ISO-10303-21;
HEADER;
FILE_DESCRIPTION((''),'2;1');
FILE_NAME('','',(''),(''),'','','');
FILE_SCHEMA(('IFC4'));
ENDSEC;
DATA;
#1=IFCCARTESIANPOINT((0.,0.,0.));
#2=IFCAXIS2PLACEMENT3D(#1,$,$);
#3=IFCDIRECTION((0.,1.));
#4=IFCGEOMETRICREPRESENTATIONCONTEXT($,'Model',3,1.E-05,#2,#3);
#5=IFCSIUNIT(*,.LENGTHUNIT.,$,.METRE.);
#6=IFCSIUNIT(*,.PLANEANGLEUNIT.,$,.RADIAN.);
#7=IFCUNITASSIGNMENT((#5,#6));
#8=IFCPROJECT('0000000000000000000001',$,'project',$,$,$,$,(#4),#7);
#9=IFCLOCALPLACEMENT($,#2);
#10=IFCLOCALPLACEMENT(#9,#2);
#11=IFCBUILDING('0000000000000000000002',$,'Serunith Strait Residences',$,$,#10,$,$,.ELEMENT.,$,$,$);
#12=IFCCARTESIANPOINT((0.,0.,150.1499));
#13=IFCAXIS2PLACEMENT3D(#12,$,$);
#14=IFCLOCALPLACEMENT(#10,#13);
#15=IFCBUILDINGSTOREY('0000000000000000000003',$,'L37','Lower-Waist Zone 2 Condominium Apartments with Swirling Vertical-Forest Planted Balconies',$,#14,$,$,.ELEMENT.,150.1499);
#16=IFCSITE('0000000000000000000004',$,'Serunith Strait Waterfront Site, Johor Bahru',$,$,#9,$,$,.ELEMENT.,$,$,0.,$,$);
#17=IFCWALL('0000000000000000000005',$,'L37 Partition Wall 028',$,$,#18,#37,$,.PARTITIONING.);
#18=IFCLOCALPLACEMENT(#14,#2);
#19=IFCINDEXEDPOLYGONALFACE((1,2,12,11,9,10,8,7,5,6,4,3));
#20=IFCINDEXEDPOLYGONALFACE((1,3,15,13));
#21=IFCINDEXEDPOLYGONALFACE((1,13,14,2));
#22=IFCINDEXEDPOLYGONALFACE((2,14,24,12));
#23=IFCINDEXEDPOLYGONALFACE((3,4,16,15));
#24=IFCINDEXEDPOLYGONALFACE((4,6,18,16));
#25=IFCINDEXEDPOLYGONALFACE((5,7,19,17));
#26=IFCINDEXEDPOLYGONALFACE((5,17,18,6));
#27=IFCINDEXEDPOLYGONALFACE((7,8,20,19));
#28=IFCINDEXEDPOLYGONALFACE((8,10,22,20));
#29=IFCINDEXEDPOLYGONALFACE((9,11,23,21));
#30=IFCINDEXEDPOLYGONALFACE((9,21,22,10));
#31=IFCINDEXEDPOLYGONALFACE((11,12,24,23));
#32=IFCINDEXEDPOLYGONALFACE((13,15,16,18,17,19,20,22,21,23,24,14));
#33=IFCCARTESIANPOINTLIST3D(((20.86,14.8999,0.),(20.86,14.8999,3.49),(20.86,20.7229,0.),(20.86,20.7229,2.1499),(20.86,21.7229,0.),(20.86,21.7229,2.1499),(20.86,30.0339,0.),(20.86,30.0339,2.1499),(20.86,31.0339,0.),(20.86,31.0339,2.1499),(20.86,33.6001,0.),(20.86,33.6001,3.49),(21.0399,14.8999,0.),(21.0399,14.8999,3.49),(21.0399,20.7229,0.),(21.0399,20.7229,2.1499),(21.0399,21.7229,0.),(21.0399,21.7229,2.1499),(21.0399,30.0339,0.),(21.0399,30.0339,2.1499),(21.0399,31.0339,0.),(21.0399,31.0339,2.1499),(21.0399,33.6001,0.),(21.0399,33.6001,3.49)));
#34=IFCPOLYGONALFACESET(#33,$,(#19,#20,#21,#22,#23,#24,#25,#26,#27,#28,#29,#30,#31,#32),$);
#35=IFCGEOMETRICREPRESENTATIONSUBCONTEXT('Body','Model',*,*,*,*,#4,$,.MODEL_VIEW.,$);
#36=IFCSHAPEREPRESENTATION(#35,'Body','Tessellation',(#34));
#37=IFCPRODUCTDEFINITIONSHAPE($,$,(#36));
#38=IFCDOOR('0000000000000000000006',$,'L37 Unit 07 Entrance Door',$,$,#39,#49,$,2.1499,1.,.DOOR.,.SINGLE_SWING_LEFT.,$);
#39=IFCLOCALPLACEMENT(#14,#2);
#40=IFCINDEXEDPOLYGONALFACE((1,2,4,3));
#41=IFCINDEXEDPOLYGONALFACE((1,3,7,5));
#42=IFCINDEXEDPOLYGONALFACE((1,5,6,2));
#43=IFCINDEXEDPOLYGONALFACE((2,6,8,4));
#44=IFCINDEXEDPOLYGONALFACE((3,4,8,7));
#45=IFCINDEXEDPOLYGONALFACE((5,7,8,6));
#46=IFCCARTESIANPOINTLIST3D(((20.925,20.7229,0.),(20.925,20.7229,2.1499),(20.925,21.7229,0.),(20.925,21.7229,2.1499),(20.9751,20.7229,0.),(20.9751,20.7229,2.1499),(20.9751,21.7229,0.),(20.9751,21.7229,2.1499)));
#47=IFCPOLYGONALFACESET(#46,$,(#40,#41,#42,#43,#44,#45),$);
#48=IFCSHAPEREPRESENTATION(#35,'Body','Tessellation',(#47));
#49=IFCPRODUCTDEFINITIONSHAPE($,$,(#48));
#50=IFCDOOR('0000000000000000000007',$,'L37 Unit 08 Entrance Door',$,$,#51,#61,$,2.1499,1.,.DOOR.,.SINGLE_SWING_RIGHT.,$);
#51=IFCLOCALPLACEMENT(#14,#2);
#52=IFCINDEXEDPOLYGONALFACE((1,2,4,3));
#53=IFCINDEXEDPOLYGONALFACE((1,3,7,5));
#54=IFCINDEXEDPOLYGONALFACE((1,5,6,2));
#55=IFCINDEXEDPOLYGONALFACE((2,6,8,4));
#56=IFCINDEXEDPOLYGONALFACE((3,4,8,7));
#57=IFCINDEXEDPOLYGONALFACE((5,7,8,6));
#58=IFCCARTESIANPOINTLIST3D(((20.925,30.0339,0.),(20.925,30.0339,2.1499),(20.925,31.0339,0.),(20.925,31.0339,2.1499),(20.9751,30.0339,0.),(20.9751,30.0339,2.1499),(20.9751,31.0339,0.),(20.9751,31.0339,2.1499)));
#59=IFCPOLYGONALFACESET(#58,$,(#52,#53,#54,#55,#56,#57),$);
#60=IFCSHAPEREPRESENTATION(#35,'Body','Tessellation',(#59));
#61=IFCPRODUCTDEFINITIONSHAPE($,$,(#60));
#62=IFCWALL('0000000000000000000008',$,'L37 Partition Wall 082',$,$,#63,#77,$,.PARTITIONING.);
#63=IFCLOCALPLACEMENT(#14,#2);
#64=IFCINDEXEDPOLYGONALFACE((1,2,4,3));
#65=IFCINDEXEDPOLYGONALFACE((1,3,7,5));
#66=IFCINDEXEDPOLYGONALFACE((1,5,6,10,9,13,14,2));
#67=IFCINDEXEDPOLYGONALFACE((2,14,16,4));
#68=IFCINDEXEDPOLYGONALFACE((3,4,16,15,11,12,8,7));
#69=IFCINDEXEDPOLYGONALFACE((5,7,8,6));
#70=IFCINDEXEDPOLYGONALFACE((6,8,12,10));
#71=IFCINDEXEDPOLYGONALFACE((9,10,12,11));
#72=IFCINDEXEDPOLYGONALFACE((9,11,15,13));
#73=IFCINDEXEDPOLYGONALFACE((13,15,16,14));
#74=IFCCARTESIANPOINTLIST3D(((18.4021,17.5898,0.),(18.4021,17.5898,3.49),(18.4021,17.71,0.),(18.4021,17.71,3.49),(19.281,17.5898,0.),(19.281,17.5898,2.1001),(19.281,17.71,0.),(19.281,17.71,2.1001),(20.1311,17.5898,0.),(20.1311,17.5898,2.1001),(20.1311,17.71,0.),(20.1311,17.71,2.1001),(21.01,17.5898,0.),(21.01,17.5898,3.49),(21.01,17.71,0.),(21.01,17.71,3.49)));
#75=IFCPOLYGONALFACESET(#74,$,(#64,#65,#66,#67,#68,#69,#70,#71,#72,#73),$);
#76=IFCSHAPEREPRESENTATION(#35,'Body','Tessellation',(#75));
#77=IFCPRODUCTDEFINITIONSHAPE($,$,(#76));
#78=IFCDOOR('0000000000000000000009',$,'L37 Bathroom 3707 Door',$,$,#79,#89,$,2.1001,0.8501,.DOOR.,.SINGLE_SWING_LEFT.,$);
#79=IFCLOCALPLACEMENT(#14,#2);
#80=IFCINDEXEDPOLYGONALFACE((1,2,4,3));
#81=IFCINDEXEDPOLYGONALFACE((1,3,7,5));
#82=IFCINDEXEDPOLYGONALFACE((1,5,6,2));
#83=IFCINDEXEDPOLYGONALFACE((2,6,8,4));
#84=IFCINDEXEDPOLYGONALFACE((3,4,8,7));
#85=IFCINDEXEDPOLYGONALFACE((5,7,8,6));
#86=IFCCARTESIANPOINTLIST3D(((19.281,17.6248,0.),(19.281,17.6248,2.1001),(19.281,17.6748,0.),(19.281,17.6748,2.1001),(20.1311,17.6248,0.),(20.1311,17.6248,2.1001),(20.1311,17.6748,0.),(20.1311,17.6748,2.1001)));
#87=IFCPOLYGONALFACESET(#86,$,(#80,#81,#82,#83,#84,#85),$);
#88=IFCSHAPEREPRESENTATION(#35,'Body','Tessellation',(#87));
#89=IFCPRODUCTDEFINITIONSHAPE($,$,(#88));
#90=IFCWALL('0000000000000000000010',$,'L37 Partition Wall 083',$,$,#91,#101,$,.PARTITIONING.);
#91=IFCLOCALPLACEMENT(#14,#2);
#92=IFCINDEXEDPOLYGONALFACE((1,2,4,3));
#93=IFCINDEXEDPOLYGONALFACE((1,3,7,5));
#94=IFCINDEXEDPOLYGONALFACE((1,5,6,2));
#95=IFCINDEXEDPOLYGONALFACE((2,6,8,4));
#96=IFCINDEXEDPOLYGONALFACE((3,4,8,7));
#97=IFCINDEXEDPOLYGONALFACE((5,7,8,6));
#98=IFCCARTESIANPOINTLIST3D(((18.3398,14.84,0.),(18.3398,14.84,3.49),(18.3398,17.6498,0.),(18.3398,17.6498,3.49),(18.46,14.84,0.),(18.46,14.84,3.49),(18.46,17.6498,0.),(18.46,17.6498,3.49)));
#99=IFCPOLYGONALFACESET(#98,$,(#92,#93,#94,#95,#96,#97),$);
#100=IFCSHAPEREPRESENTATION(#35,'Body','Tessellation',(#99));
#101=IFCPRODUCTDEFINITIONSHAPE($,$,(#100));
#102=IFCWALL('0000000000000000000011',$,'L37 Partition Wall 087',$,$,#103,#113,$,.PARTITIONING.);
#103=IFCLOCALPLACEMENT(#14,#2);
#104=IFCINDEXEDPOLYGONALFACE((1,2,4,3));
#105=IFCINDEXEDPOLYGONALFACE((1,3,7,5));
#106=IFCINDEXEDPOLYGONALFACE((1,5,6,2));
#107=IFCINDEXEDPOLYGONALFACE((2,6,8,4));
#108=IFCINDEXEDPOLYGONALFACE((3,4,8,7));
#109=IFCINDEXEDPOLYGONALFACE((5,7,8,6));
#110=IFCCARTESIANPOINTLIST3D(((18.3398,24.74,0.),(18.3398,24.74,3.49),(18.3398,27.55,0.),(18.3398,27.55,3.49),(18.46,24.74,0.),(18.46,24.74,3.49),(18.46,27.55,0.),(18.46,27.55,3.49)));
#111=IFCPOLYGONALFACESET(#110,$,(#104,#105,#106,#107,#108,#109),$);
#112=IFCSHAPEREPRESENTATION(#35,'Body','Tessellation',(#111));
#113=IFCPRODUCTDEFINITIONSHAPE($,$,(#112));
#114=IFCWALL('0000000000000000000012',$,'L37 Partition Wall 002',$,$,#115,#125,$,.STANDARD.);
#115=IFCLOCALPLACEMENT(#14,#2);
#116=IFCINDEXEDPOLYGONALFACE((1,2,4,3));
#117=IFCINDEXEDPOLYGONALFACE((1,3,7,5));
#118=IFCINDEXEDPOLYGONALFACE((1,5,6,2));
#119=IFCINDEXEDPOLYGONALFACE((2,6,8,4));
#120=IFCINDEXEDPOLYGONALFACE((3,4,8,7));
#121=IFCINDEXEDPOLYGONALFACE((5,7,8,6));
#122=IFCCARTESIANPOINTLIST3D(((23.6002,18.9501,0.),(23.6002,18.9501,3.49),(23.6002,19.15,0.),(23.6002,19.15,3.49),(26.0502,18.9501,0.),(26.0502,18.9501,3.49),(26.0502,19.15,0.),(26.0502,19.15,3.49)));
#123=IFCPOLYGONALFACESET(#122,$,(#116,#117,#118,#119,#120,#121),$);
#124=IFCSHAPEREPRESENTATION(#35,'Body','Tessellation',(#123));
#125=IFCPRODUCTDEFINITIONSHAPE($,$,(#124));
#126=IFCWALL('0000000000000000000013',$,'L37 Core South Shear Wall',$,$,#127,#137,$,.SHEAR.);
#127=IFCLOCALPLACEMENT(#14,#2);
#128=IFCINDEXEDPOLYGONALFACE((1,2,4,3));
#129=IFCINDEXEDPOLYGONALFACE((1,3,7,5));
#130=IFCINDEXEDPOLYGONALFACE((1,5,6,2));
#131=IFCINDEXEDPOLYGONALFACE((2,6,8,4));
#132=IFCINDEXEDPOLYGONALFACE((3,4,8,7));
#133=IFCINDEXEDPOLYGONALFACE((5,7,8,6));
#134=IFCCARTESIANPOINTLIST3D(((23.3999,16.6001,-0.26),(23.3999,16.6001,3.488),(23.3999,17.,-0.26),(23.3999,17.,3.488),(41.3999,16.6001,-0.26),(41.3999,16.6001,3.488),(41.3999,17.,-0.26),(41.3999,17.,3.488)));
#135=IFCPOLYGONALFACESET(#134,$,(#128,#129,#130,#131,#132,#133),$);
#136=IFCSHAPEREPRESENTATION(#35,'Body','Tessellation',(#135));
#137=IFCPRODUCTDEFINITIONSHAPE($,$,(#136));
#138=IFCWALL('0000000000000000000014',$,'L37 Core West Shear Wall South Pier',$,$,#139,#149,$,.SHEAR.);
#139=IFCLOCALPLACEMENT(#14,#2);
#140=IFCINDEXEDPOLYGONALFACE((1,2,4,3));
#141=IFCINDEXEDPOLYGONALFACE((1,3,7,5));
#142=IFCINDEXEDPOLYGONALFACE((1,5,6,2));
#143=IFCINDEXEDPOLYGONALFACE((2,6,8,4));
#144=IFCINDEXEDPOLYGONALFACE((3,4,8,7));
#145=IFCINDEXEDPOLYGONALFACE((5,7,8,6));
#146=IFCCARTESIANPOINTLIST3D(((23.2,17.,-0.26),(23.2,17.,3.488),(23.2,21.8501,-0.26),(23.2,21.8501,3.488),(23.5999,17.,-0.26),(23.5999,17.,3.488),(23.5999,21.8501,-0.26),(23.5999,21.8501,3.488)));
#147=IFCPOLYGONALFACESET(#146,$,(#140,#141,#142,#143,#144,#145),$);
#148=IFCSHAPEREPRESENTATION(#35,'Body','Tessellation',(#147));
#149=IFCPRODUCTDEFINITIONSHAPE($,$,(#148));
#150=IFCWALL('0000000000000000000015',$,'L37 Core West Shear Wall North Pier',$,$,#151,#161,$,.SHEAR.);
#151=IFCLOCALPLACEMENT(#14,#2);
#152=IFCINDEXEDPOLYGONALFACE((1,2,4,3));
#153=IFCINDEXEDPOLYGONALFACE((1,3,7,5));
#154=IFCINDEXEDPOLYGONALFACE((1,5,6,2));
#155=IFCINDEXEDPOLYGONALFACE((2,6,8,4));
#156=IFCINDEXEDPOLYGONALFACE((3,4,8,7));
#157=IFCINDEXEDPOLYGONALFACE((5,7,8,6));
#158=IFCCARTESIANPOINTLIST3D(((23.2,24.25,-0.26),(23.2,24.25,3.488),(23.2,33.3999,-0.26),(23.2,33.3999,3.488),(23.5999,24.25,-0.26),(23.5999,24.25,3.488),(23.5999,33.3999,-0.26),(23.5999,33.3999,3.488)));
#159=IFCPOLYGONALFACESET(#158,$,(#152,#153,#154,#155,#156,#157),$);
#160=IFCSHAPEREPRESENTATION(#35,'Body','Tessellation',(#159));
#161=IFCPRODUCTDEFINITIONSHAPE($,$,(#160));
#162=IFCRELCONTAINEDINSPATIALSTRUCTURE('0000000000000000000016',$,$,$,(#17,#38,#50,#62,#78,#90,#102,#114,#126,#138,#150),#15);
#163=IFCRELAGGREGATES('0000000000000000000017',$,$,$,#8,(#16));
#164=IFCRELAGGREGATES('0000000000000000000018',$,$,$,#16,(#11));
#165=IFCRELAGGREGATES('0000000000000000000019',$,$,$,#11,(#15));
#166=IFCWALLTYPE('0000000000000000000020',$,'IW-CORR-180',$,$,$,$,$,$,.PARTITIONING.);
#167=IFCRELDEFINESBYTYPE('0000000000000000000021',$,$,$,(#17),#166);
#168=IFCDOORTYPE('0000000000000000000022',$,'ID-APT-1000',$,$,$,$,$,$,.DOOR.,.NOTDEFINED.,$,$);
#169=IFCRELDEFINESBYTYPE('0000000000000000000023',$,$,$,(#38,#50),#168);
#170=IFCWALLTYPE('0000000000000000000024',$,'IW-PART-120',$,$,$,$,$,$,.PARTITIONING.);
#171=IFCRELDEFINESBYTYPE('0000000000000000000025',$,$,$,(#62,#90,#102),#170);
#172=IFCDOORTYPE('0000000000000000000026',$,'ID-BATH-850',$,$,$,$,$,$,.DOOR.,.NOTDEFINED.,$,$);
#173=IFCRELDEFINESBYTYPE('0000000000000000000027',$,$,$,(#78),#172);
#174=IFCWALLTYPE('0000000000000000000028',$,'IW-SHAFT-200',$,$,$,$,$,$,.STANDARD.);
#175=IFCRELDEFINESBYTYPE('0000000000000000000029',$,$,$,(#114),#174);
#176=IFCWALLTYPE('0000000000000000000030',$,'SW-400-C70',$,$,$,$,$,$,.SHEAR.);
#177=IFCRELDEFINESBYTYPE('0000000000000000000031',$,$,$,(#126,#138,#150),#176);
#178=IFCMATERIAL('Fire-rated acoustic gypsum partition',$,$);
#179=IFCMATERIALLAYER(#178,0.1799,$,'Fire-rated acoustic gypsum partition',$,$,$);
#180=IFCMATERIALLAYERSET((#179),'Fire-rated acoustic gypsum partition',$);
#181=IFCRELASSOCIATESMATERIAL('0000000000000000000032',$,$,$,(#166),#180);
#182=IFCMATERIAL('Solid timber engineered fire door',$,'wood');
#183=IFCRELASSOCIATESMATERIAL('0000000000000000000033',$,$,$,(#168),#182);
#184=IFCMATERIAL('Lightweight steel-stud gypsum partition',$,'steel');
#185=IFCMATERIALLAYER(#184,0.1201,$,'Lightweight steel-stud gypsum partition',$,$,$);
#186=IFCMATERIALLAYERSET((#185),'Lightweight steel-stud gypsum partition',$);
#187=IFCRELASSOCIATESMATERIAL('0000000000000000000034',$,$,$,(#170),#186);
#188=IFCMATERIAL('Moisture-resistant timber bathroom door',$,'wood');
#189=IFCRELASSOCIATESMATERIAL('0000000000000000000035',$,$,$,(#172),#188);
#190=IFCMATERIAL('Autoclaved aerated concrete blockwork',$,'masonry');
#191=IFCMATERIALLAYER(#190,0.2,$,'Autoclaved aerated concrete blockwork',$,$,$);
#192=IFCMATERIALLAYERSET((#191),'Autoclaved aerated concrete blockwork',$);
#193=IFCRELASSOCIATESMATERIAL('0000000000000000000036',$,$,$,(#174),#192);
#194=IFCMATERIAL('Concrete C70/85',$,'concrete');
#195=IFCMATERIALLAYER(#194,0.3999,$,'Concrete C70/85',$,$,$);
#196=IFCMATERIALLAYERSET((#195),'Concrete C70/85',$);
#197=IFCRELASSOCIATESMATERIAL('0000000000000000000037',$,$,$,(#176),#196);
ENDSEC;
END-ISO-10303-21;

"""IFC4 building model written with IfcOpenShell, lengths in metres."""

from ifc_helpers import new_model, si_unit, direction, frame, frame_2d, origin, place, context, subcontext, project, spatial, rectangle, extrude, source, transform, mapped, material, layer, layer_set, type_object, element, fill, save


model = new_model("IFC4")

# Units and contexts
model_context = context("Model", 3, precision=1e-05, world=origin(), true_north=direction((0.0, 1.0)))
body_context = subcontext(model_context, "Body", "Model", "MODEL_VIEW")
ifc_project = project(units=[si_unit("LENGTHUNIT", "METRE"), si_unit("PLANEANGLEUNIT", "RADIAN")], contexts=[model_context])

# Site, building, storey
site_placement = place(None, origin())
site = spatial("IfcSite", under=ifc_project, at=site_placement, Name="Serunith Strait Waterfront Site, Johor Bahru", CompositionType="ELEMENT", RefElevation=0.0)
building_placement = place(site_placement, origin())
building = spatial("IfcBuilding", under=site, at=building_placement, Name="Serunith Strait Residences", CompositionType="ELEMENT")
storey_placement = place(building_placement, frame((0.0, 0.0, 150.1499)))
storey = spatial("IfcBuildingStorey", under=building, at=storey_placement, Name="L37", Description="Lower-Waist Zone 2 Condominium Apartments with Swirling Vertical-Forest Planted Balconies", CompositionType="ELEMENT", Elevation=150.1499)

# Wall, openings, doors
ifc_material_1 = material(Name="Fire-rated acoustic gypsum partition")
ifc_layer_1 = layer(ifc_material_1, 0.1799, Name="Fire-rated acoustic gypsum partition")
ifc_layer_set_1 = layer_set([ifc_layer_1], Name="Fire-rated acoustic gypsum partition")
wall_type_1 = type_object("IfcWallType", Name="IW-CORR-180", PredefinedType="PARTITIONING", material=ifc_layer_set_1)
ifc_material_2 = material(Name="Solid timber engineered fire door", Category="wood")
door_type_1 = type_object("IfcDoorType", Name="ID-APT-1000", OperationType="NOTDEFINED", PredefinedType="DOOR", material=ifc_material_2)
shared_shape_1 = source(origin(), body_context, "Body", "SweptSolid", [
    extrude(rectangle(XDim=1.0, YDim=2.1499, at=frame_2d((0.5, 1.075))), frame((0.0, 0.0249, 0.0), z_axis=(0.0, -1.0, 0.0), x_axis=(1.0, 0.0, 0.0)), (0.0, 0.0, 1.0), 0.05),
])
wall_1_placement = place(storey_placement, frame((20.95, 14.8999, 0.0), z_axis=(0.0, 0.0, 1.0), x_axis=(0.0, 1.0, 0.0)))
wall_1 = element("IfcWall", 1, at=wall_1_placement, inside=storey, type_object=wall_type_1, Name="L37 Partition Wall 028", PredefinedType="PARTITIONING", context=body_context, shape_type="SweptSolid", body=[
    extrude(rectangle(XDim=18.7002, YDim=0.1799, at=frame_2d((9.3501, 0.0))), origin(), (0.0, 0.0, 1.0), 3.49),
])
opening_1_placement = place(wall_1_placement, frame((5.823, 0.0, 0.0)))
opening_1 = element("IfcOpeningElement", 2, at=opening_1_placement, cuts=wall_1, PredefinedType="OPENING", context=body_context, shape_type="SweptSolid", body=[
    extrude(rectangle(XDim=1.0, YDim=2.1499, at=frame_2d((0.5, 1.075))), frame((0.0, 0.1001, 0.0), z_axis=(0.0, -1.0, 0.0), x_axis=(1.0, 0.0, 0.0)), (0.0, 0.0, 1.0), 0.2),
])
opening_2_placement = place(wall_1_placement, frame((15.134, 0.0, 0.0)))
opening_2 = element("IfcOpeningElement", 3, at=opening_2_placement, cuts=wall_1, PredefinedType="OPENING", context=body_context, shape_type="SweptSolid", body=[
    extrude(rectangle(XDim=1.0, YDim=2.1499, at=frame_2d((0.5, 1.075))), frame((0.0, 0.1001, 0.0), z_axis=(0.0, -1.0, 0.0), x_axis=(1.0, 0.0, 0.0)), (0.0, 0.0, 1.0), 0.2),
])
door_1_placement = place(opening_1_placement, origin())
door_1 = element("IfcDoor", 4, at=door_1_placement, inside=storey, type_object=door_type_1, Name="L37 Unit 07 Entrance Door", OperationType="SINGLE_SWING_LEFT", OverallHeight=2.1499, OverallWidth=1.0, PredefinedType="DOOR", context=body_context, shape_type="MappedRepresentation", body=[
    mapped(shared_shape_1, transform((0.0, 0.0, 0.0), scale=1.0)),
])
fill(opening_1, door_1)
door_2_placement = place(opening_2_placement, origin())
door_2 = element("IfcDoor", 5, at=door_2_placement, inside=storey, type_object=door_type_1, Name="L37 Unit 08 Entrance Door", OperationType="SINGLE_SWING_RIGHT", OverallHeight=2.1499, OverallWidth=1.0, PredefinedType="DOOR", context=body_context, shape_type="MappedRepresentation", body=[
    mapped(shared_shape_1, transform((0.0, 0.0, 0.0), scale=1.0)),
])
fill(opening_2, door_2)

# Wall, opening, door
ifc_material_3 = material(Name="Lightweight steel-stud gypsum partition", Category="steel")
ifc_layer_2 = layer(ifc_material_3, 0.1201, Name="Lightweight steel-stud gypsum partition")
ifc_layer_set_2 = layer_set([ifc_layer_2], Name="Lightweight steel-stud gypsum partition")
wall_type_2 = type_object("IfcWallType", Name="IW-PART-120", PredefinedType="PARTITIONING", material=ifc_layer_set_2)
wall_2_placement = place(storey_placement, frame((18.4021, 17.6499, 0.0), z_axis=(0.0, 0.0, 1.0), x_axis=(1.0, 0.0, 0.0)))
wall_2 = element("IfcWall", 6, at=wall_2_placement, inside=storey, type_object=wall_type_2, Name="L37 Partition Wall 082", PredefinedType="PARTITIONING", context=body_context, shape_type="SweptSolid", body=[
    extrude(rectangle(XDim=2.6079, YDim=0.1201, at=frame_2d((1.304, 0.0))), origin(), (0.0, 0.0, 1.0), 3.49),
])
opening_3_placement = place(wall_2_placement, frame((0.8789, 0.0, 0.0)))
opening_3 = element("IfcOpeningElement", 7, at=opening_3_placement, cuts=wall_2, PredefinedType="OPENING", context=body_context, shape_type="SweptSolid", body=[
    extrude(rectangle(XDim=0.8501, YDim=2.1001, at=frame_2d((0.425, 1.05))), frame((0.0, 0.0701, 0.0), z_axis=(0.0, -1.0, 0.0), x_axis=(1.0, 0.0, 0.0)), (0.0, 0.0, 1.0), 0.1401),
])
ifc_material_4 = material(Name="Moisture-resistant timber bathroom door", Category="wood")
door_type_2 = type_object("IfcDoorType", Name="ID-BATH-850", OperationType="NOTDEFINED", PredefinedType="DOOR", material=ifc_material_4)
shared_shape_2 = source(origin(), body_context, "Body", "SweptSolid", [
    extrude(rectangle(XDim=0.8501, YDim=2.1001, at=frame_2d((0.425, 1.05))), frame((0.0, 0.0249, 0.0), z_axis=(0.0, -1.0, 0.0), x_axis=(1.0, 0.0, 0.0)), (0.0, 0.0, 1.0), 0.05),
])
door_3_placement = place(opening_3_placement, origin())
door_3 = element("IfcDoor", 8, at=door_3_placement, inside=storey, type_object=door_type_2, Name="L37 Bathroom 3707 Door", OperationType="SINGLE_SWING_LEFT", OverallHeight=2.1001, OverallWidth=0.8501, PredefinedType="DOOR", context=body_context, shape_type="MappedRepresentation", body=[
    mapped(shared_shape_2, transform((0.0, 0.0, 0.0), scale=1.0)),
])
fill(opening_3, door_3)

# Walls
wall_3_placement = place(storey_placement, frame((18.3999, 14.8401, 0.0), z_axis=(0.0, 0.0, 1.0), x_axis=(0.0, 1.0, 0.0)))
element("IfcWall", 9, at=wall_3_placement, inside=storey, type_object=wall_type_2, Name="L37 Partition Wall 083", PredefinedType="PARTITIONING", context=body_context, shape_type="SweptSolid", body=[
    extrude(rectangle(XDim=2.8098, YDim=0.1201, at=frame_2d((1.4048, 0.0))), origin(), (0.0, 0.0, 1.0), 3.49),
])
wall_4_placement = place(storey_placement, frame((18.3999, 24.74, 0.0), z_axis=(0.0, 0.0, 1.0), x_axis=(0.0, 1.0, 0.0)))
element("IfcWall", 10, at=wall_4_placement, inside=storey, type_object=wall_type_2, Name="L37 Partition Wall 087", PredefinedType="PARTITIONING", context=body_context, shape_type="SweptSolid", body=[
    extrude(rectangle(XDim=2.8101, YDim=0.1201, at=frame_2d((1.405, 0.0))), origin(), (0.0, 0.0, 1.0), 3.49),
])
ifc_material_5 = material(Name="Autoclaved aerated concrete blockwork", Category="masonry")
ifc_layer_3 = layer(ifc_material_5, 0.2, Name="Autoclaved aerated concrete blockwork")
ifc_layer_set_3 = layer_set([ifc_layer_3], Name="Autoclaved aerated concrete blockwork")
wall_type_3 = type_object("IfcWallType", Name="IW-SHAFT-200", PredefinedType="STANDARD", material=ifc_layer_set_3)
wall_5_placement = place(storey_placement, frame((23.6001, 19.05, 0.0), z_axis=(0.0, 0.0, 1.0), x_axis=(1.0, 0.0, 0.0)))
element("IfcWall", 11, at=wall_5_placement, inside=storey, type_object=wall_type_3, Name="L37 Partition Wall 002", PredefinedType="STANDARD", context=body_context, shape_type="SweptSolid", body=[
    extrude(rectangle(XDim=2.45, YDim=0.2, at=frame_2d((1.2251, 0.0))), origin(), (0.0, 0.0, 1.0), 3.49),
])

# Walls
ifc_material_6 = material(Name="Concrete C70/85", Category="concrete")
ifc_layer_4 = layer(ifc_material_6, 0.3999, Name="Concrete C70/85")
ifc_layer_set_4 = layer_set([ifc_layer_4], Name="Concrete C70/85")
wall_type_4 = type_object("IfcWallType", Name="SW-400-C70", PredefinedType="SHEAR", material=ifc_layer_set_4)
wall_6_placement = place(storey_placement, frame((23.3999, 16.8, -0.26), z_axis=(0.0, 0.0, 1.0), x_axis=(1.0, 0.0, 0.0)))
element("IfcWall", 12, at=wall_6_placement, inside=storey, type_object=wall_type_4, Name="L37 Core South Shear Wall", PredefinedType="SHEAR", context=body_context, shape_type="SweptSolid", body=[
    extrude(rectangle(XDim=18.0, YDim=0.3999, at=frame_2d((9.0, 0.0))), origin(), (0.0, 0.0, 1.0), 3.748),
])
wall_7_placement = place(storey_placement, frame((23.3999, 17.0, -0.26), z_axis=(0.0, 0.0, 1.0), x_axis=(0.0, 1.0, 0.0)))
element("IfcWall", 13, at=wall_7_placement, inside=storey, type_object=wall_type_4, Name="L37 Core West Shear Wall South Pier", PredefinedType="SHEAR", context=body_context, shape_type="SweptSolid", body=[
    extrude(rectangle(XDim=4.8501, YDim=0.3999, at=frame_2d((2.425, 0.0))), origin(), (0.0, 0.0, 1.0), 3.748),
])
wall_8_placement = place(storey_placement, frame((23.3999, 24.25, -0.26), z_axis=(0.0, 0.0, 1.0), x_axis=(0.0, 1.0, 0.0)))
element("IfcWall", 14, at=wall_8_placement, inside=storey, type_object=wall_type_4, Name="L37 Core West Shear Wall North Pier", PredefinedType="SHEAR", context=body_context, shape_type="SweptSolid", body=[
    extrude(rectangle(XDim=9.1499, YDim=0.3999, at=frame_2d((4.575, 0.0))), origin(), (0.0, 0.0, 1.0), 3.748),
])

save(model, "model.ifc")
